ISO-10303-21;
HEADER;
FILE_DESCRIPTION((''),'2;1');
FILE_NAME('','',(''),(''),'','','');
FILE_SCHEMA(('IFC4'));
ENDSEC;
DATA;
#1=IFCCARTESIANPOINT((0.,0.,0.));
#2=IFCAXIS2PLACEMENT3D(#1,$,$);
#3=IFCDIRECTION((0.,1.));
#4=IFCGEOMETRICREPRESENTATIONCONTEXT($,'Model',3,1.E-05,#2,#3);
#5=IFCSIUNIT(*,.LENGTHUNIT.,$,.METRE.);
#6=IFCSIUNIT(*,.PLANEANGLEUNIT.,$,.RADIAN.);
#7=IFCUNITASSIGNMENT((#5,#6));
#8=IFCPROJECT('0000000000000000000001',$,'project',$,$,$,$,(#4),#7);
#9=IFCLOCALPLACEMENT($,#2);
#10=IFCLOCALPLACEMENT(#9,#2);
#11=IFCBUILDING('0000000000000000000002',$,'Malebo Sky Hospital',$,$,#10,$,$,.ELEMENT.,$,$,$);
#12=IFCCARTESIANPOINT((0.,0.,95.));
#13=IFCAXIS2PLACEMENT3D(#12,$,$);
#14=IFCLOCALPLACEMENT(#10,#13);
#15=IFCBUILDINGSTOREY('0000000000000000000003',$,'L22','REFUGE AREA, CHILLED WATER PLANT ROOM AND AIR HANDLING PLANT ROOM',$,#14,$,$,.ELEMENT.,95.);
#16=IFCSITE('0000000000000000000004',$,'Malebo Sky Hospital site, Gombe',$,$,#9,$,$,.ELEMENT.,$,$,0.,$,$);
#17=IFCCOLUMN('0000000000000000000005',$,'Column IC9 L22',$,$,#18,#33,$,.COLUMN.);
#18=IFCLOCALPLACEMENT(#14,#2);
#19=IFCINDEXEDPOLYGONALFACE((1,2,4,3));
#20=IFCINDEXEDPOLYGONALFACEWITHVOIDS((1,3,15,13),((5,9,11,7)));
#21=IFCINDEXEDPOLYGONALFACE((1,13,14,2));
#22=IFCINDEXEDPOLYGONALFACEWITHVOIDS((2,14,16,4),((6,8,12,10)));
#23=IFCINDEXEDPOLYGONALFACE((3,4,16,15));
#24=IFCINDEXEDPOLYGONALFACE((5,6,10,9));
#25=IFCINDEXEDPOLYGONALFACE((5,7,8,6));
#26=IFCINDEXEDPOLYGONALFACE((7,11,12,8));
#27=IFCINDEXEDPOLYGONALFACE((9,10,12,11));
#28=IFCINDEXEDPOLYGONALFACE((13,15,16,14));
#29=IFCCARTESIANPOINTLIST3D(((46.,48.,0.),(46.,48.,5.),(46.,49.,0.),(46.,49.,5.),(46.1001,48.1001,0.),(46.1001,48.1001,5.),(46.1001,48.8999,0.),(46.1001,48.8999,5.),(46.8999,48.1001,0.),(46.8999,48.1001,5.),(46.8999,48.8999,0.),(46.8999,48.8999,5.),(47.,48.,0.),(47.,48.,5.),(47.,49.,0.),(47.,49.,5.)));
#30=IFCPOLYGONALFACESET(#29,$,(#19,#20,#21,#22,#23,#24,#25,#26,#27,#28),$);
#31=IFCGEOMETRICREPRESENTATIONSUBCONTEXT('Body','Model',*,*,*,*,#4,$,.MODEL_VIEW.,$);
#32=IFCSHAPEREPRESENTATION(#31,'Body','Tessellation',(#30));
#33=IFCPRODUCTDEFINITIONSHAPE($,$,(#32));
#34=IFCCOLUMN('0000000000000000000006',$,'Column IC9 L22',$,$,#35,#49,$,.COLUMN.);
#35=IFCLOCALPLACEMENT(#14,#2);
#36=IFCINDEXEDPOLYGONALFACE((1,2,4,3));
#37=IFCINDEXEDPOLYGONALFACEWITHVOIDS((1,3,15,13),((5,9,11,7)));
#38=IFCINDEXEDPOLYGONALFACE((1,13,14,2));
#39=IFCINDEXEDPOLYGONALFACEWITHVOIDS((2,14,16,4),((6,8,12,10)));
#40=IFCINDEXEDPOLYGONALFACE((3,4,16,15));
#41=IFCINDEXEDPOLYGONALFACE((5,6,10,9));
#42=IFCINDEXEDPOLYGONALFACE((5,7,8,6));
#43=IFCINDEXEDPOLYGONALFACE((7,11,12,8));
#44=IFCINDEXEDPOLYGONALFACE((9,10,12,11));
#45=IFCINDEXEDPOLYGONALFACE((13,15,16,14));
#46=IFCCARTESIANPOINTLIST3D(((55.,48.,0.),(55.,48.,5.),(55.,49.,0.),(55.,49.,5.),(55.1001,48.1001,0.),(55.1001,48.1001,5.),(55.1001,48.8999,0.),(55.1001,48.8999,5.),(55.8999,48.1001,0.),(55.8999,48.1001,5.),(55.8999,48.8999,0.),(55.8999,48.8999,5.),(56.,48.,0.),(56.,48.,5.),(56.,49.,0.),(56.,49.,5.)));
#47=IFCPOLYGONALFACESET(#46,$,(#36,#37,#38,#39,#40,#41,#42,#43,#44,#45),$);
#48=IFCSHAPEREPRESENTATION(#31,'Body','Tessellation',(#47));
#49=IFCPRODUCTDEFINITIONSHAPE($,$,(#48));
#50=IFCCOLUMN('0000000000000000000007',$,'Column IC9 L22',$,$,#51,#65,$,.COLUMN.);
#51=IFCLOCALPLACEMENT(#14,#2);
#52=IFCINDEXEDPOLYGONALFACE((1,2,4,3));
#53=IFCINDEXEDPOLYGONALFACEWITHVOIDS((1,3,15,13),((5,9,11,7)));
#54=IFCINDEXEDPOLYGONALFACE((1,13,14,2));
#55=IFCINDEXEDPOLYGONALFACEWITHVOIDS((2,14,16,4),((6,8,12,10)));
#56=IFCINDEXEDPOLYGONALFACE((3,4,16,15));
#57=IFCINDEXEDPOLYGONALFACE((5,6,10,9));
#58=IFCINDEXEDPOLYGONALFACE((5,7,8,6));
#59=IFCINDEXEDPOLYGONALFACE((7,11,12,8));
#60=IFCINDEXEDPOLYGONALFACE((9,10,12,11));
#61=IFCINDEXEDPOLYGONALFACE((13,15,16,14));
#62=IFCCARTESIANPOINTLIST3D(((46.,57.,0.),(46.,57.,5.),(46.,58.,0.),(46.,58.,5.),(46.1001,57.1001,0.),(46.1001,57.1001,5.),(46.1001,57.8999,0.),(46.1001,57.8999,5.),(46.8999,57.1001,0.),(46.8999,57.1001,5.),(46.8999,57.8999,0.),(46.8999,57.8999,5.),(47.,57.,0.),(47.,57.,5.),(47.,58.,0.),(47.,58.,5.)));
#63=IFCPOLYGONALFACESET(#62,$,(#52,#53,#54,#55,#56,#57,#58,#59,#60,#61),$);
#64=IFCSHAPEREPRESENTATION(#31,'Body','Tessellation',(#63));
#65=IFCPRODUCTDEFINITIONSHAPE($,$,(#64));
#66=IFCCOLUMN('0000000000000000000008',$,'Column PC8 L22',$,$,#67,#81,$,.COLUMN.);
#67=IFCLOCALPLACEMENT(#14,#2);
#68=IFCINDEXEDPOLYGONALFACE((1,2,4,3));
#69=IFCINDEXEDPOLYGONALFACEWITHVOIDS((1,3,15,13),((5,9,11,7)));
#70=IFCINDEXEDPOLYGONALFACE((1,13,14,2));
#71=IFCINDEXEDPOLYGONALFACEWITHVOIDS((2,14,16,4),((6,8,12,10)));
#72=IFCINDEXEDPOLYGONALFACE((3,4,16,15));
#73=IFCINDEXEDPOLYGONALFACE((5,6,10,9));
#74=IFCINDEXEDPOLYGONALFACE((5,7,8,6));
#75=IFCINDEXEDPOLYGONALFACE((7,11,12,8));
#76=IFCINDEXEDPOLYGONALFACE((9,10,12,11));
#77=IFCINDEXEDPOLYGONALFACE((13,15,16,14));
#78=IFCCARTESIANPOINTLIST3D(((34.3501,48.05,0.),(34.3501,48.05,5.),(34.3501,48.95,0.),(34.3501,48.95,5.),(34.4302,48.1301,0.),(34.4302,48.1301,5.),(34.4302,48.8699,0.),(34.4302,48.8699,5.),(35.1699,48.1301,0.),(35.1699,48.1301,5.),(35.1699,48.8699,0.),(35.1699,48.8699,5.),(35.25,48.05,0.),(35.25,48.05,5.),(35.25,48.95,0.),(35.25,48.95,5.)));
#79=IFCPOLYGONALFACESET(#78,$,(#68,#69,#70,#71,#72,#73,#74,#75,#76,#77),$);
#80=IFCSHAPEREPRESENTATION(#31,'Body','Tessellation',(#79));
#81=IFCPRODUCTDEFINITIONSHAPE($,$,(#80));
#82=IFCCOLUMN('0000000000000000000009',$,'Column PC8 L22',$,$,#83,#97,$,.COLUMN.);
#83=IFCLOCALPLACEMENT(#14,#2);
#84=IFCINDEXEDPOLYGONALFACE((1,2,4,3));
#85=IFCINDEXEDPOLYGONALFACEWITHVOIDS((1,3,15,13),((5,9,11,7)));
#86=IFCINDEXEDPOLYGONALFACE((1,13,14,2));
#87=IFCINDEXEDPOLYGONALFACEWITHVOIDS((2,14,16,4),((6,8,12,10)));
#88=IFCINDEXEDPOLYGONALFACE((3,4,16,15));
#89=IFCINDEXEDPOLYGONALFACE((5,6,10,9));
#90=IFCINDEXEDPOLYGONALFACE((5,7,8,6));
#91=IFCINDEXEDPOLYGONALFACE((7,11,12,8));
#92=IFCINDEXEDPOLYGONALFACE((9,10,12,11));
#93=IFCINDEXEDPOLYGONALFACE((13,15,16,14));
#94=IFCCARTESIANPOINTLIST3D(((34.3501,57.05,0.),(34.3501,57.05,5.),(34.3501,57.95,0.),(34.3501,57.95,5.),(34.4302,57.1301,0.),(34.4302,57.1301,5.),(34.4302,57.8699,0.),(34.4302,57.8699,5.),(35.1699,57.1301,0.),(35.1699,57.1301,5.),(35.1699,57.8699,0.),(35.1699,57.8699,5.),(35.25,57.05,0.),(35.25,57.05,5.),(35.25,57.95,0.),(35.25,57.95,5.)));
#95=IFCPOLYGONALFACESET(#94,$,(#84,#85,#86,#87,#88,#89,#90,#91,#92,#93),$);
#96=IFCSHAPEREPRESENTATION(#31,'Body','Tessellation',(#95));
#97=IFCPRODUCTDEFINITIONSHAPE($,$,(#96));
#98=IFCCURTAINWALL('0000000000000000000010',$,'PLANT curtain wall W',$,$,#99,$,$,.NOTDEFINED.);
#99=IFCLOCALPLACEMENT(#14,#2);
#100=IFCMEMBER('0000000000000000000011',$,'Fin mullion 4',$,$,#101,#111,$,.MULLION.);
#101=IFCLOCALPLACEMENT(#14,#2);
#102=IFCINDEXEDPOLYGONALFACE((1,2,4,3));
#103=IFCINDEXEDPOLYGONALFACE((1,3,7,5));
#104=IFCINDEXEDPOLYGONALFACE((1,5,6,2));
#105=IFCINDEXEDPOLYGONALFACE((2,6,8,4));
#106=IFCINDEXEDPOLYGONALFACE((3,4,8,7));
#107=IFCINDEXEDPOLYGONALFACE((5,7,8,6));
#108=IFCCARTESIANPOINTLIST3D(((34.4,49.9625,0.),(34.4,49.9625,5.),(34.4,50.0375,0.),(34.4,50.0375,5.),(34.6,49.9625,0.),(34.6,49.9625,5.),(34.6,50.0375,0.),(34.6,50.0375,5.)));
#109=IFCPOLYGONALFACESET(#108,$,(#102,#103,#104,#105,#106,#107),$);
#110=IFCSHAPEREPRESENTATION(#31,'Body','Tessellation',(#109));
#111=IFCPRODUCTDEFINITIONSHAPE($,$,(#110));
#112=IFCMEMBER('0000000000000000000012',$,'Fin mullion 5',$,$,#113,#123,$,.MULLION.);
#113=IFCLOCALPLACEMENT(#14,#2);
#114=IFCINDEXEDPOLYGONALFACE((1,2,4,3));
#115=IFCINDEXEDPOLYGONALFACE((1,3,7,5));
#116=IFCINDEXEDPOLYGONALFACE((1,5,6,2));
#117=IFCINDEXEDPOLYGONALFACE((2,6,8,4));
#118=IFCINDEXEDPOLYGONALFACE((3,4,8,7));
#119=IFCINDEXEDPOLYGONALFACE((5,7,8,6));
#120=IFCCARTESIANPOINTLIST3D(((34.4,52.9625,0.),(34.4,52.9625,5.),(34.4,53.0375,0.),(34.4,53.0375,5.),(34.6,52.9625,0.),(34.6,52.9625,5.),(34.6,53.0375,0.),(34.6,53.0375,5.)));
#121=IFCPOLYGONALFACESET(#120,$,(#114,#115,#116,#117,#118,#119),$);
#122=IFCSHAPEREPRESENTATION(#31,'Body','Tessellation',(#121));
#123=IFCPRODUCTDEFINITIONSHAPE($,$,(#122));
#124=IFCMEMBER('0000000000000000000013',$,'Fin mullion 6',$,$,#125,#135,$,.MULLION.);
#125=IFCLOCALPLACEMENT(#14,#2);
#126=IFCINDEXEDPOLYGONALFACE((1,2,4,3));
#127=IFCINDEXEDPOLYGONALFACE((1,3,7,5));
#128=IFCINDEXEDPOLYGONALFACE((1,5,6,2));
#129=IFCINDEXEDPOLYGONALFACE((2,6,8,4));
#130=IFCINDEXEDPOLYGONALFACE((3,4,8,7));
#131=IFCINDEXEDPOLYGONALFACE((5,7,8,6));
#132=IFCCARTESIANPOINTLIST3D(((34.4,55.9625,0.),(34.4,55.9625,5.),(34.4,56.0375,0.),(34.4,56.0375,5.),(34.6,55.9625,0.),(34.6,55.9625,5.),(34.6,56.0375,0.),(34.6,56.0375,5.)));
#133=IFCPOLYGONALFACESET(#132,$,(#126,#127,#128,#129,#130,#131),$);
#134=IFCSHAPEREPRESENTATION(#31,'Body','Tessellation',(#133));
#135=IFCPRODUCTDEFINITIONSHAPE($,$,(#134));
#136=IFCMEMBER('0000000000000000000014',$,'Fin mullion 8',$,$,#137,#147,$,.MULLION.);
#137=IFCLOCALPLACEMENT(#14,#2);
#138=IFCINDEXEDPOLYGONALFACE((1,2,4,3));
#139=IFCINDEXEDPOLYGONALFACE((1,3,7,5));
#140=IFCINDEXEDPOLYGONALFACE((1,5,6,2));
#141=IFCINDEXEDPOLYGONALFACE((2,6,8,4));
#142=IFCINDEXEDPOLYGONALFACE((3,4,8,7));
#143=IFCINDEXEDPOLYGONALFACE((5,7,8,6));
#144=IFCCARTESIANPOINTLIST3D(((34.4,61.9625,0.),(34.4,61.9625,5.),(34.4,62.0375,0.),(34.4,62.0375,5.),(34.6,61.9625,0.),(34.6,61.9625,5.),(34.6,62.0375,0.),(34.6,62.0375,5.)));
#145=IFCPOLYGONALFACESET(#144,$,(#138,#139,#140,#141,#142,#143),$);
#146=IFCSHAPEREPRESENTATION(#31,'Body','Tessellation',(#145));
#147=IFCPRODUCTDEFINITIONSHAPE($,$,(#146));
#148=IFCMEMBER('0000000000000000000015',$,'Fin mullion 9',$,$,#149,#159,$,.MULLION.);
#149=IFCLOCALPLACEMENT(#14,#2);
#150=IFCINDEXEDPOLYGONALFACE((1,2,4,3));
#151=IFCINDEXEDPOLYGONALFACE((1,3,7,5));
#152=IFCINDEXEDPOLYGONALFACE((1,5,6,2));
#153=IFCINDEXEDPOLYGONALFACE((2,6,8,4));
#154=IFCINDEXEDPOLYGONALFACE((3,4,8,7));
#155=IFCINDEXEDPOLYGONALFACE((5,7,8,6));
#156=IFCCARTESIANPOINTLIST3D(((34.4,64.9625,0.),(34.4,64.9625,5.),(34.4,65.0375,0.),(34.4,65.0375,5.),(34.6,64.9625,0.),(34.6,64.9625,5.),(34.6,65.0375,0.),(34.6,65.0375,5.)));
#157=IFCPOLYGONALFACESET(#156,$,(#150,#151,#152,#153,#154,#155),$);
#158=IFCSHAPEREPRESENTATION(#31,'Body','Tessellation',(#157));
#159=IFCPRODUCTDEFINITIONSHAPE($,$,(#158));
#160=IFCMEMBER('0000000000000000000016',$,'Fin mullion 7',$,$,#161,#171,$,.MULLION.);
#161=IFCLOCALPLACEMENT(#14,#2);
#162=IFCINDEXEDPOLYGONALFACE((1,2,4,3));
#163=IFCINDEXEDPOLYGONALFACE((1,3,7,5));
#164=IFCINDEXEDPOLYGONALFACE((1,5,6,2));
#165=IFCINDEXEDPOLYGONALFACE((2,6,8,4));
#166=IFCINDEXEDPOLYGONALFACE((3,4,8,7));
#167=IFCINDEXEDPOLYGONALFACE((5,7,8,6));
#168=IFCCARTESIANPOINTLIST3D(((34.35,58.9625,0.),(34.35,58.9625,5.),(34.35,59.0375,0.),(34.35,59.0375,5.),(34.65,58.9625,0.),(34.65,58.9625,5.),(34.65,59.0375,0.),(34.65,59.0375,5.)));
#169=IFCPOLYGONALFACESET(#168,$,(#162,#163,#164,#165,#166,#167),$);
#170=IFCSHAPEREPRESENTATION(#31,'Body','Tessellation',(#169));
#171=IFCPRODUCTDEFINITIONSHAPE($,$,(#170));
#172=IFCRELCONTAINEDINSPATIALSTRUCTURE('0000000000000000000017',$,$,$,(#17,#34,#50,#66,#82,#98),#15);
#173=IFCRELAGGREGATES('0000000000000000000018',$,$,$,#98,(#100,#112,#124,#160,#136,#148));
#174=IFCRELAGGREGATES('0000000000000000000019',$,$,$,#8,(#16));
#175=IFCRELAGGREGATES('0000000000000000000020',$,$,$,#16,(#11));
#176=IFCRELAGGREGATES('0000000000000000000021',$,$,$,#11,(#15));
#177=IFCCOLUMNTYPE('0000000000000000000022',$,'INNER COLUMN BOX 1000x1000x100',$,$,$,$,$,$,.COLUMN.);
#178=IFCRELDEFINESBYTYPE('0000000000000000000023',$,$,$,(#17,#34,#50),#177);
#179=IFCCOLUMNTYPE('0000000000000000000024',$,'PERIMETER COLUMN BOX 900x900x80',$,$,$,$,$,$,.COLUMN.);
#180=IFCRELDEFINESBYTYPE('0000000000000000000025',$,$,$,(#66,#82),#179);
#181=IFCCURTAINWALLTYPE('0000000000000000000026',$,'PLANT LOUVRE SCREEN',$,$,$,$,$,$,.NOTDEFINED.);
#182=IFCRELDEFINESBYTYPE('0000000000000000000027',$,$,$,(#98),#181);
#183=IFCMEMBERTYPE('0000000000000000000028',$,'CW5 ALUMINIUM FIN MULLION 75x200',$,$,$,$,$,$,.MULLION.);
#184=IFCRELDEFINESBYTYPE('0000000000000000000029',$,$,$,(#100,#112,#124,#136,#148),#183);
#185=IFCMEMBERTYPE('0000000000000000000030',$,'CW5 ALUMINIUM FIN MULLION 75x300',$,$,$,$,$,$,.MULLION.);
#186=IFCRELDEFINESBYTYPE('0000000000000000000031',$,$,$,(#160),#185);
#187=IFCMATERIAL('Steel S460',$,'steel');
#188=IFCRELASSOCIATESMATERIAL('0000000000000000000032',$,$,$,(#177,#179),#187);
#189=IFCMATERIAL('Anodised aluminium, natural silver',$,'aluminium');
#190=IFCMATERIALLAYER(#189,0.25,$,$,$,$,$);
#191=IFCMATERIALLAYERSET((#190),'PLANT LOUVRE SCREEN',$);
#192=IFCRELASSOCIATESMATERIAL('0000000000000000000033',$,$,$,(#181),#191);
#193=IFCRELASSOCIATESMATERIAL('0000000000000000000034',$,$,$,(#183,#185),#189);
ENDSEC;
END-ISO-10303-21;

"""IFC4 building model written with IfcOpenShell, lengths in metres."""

from ifc_helpers import new_model, si_unit, direction, frame, origin, origin_2d, place, context, subcontext, project, spatial, rectangle, hollow_rectangle, extrude, material, layer, layer_set, material_profile, profile_set, type_object, element, aggregate, save


model = new_model("IFC4")

# Units and contexts
model_context = context("Model", 3, precision=1e-05, world=origin(), true_north=direction((0.0, 1.0)))
body_context = subcontext(model_context, "Body", "Model", "MODEL_VIEW")
ifc_project = project(units=[si_unit("LENGTHUNIT", "METRE"), si_unit("PLANEANGLEUNIT", "RADIAN")], contexts=[model_context])

# Site, building, storey
site_placement = place(None, origin())
site = spatial("IfcSite", under=ifc_project, at=site_placement, Name="Malebo Sky Hospital site, Gombe", CompositionType="ELEMENT", RefElevation=0.0)
building_placement = place(site_placement, origin())
building = spatial("IfcBuilding", under=site, at=building_placement, Name="Malebo Sky Hospital", CompositionType="ELEMENT")
storey_placement = place(building_placement, frame((0.0, 0.0, 95.0)))
storey = spatial("IfcBuildingStorey", under=building, at=storey_placement, Name="L22", Description="REFUGE AREA, CHILLED WATER PLANT ROOM AND AIR HANDLING PLANT ROOM", CompositionType="ELEMENT", Elevation=95.0)

# Columns
ifc_material_1 = material(Name="Steel S460", Category="steel")
ifc_material_profile_1 = material_profile(ifc_material_1, hollow_rectangle(XDim=1.0, YDim=1.0, WallThickness=0.1001, at=origin_2d()), Name="BOX 1000x1000x100")
ifc_profile_set_1 = profile_set([ifc_material_profile_1], Name="Steel S460")
column_type_1 = type_object("IfcColumnType", Name="INNER COLUMN BOX 1000x1000x100", PredefinedType="COLUMN", material=ifc_profile_set_1)
for number, where, z_axis, x_axis, name in (
    (1, (46.5, 48.5, 0.0), (0.0, 0.0, 1.0), (1.0, 0.0, 0.0), "Column IC9 L22"),
    (2, (55.5, 48.5, 0.0), (0.0, 0.0, 1.0), (1.0, 0.0, 0.0), "Column IC9 L22"),
    (3, (46.5, 57.5, 0.0), (0.0, 0.0, 1.0), (1.0, 0.0, 0.0), "Column IC9 L22"),
):
    element("IfcColumn", number, at=place(storey_placement, frame(where, z_axis=z_axis, x_axis=x_axis)), inside=storey, type_object=column_type_1, Name=name, PredefinedType="COLUMN", context=body_context, shape_type="SweptSolid", body=[
        extrude(hollow_rectangle(XDim=1.0, YDim=1.0, WallThickness=0.1001, at=origin_2d()), origin(), (0.0, 0.0, 1.0), 5.0),
    ])
ifc_material_profile_2 = material_profile(ifc_material_1, hollow_rectangle(XDim=0.8999, YDim=0.8999, WallThickness=0.0801, at=origin_2d()), Name="BOX 900x900x80")
ifc_profile_set_2 = profile_set([ifc_material_profile_2], Name="Steel S460")
column_type_2 = type_object("IfcColumnType", Name="PERIMETER COLUMN BOX 900x900x80", PredefinedType="COLUMN", material=ifc_profile_set_2)
for number, where, z_axis, x_axis, name in (
    (4, (34.8, 48.5, 0.0), (0.0, 0.0, 1.0), (1.0, 0.0, 0.0), "Column PC8 L22"),
    (5, (34.8, 57.5, 0.0), (0.0, 0.0, 1.0), (1.0, 0.0, 0.0), "Column PC8 L22"),
):
    element("IfcColumn", number, at=place(storey_placement, frame(where, z_axis=z_axis, x_axis=x_axis)), inside=storey, type_object=column_type_2, Name=name, PredefinedType="COLUMN", context=body_context, shape_type="SweptSolid", body=[
        extrude(hollow_rectangle(XDim=0.8999, YDim=0.8999, WallThickness=0.0801, at=origin_2d()), origin(), (0.0, 0.0, 1.0), 5.0),
    ])

# Curtain wall, members
ifc_material_2 = material(Name="Anodised aluminium, natural silver", Category="aluminium")
ifc_layer_1 = layer(ifc_material_2, 0.25)
ifc_layer_set_1 = layer_set([ifc_layer_1], Name="PLANT LOUVRE SCREEN")
curtain_wall_type = type_object("IfcCurtainWallType", Name="PLANT LOUVRE SCREEN", PredefinedType="NOTDEFINED", material=ifc_layer_set_1)
curtain_wall_placement = place(storey_placement, origin())
curtain_wall = element("IfcCurtainWall", 6, at=curtain_wall_placement, inside=storey, type_object=curtain_wall_type, Name="PLANT curtain wall W", PredefinedType="NOTDEFINED")
ifc_material_profile_3 = material_profile(ifc_material_2, rectangle(XDim=0.075, YDim=0.2, at=origin_2d()), Name="CW5 ALUMINIUM FIN MULLION 75x200")
ifc_profile_set_3 = profile_set([ifc_material_profile_3], Name="Anodised aluminium, natural silver")
member_type_1 = type_object("IfcMemberType", Name="CW5 ALUMINIUM FIN MULLION 75x200", PredefinedType="MULLION", material=ifc_profile_set_3)
member_1_placement = place(storey_placement, frame((34.5, 50.0, 0.0), z_axis=(0.0, 0.0, 1.0), x_axis=(0.0, 1.0, 0.0)))
member_1 = element("IfcMember", 7, at=member_1_placement, type_object=member_type_1, Name="Fin mullion 4", PredefinedType="MULLION", context=body_context, shape_type="SweptSolid", body=[
    extrude(rectangle(XDim=0.075, YDim=0.2, at=origin_2d()), origin(), (0.0, 0.0, 1.0), 5.0),
])
member_2_placement = place(storey_placement, frame((34.5, 53.0, 0.0), z_axis=(0.0, 0.0, 1.0), x_axis=(0.0, 1.0, 0.0)))
member_2 = element("IfcMember", 8, at=member_2_placement, type_object=member_type_1, Name="Fin mullion 5", PredefinedType="MULLION", context=body_context, shape_type="SweptSolid", body=[
    extrude(rectangle(XDim=0.075, YDim=0.2, at=origin_2d()), origin(), (0.0, 0.0, 1.0), 5.0),
])
member_3_placement = place(storey_placement, frame((34.5, 56.0, 0.0), z_axis=(0.0, 0.0, 1.0), x_axis=(0.0, 1.0, 0.0)))
member_3 = element("IfcMember", 9, at=member_3_placement, type_object=member_type_1, Name="Fin mullion 6", PredefinedType="MULLION", context=body_context, shape_type="SweptSolid", body=[
    extrude(rectangle(XDim=0.075, YDim=0.2, at=origin_2d()), origin(), (0.0, 0.0, 1.0), 5.0),
])
member_4_placement = place(storey_placement, frame((34.5, 62.0, 0.0), z_axis=(0.0, 0.0, 1.0), x_axis=(0.0, 1.0, 0.0)))
member_4 = element("IfcMember", 10, at=member_4_placement, type_object=member_type_1, Name="Fin mullion 8", PredefinedType="MULLION", context=body_context, shape_type="SweptSolid", body=[
    extrude(rectangle(XDim=0.075, YDim=0.2, at=origin_2d()), origin(), (0.0, 0.0, 1.0), 5.0),
])
member_5_placement = place(storey_placement, frame((34.5, 65.0, 0.0), z_axis=(0.0, 0.0, 1.0), x_axis=(0.0, 1.0, 0.0)))
member_5 = element("IfcMember", 11, at=member_5_placement, type_object=member_type_1, Name="Fin mullion 9", PredefinedType="MULLION", context=body_context, shape_type="SweptSolid", body=[
    extrude(rectangle(XDim=0.075, YDim=0.2, at=origin_2d()), origin(), (0.0, 0.0, 1.0), 5.0),
])
ifc_material_profile_4 = material_profile(ifc_material_2, rectangle(XDim=0.075, YDim=0.3, at=origin_2d()), Name="CW5 ALUMINIUM FIN MULLION 75x300")
ifc_profile_set_4 = profile_set([ifc_material_profile_4], Name="Anodised aluminium, natural silver")
member_type_2 = type_object("IfcMemberType", Name="CW5 ALUMINIUM FIN MULLION 75x300", PredefinedType="MULLION", material=ifc_profile_set_4)
member_6_placement = place(storey_placement, frame((34.5, 59.0, 0.0), z_axis=(0.0, 0.0, 1.0), x_axis=(0.0, 1.0, 0.0)))
member_6 = element("IfcMember", 12, at=member_6_placement, type_object=member_type_2, Name="Fin mullion 7", PredefinedType="MULLION", context=body_context, shape_type="SweptSolid", body=[
    extrude(rectangle(XDim=0.075, YDim=0.3, at=origin_2d()), origin(), (0.0, 0.0, 1.0), 5.0),
])
aggregate(curtain_wall, [member_1, member_2, member_3, member_6, member_4, member_5])

save(model, "model.ifc")
